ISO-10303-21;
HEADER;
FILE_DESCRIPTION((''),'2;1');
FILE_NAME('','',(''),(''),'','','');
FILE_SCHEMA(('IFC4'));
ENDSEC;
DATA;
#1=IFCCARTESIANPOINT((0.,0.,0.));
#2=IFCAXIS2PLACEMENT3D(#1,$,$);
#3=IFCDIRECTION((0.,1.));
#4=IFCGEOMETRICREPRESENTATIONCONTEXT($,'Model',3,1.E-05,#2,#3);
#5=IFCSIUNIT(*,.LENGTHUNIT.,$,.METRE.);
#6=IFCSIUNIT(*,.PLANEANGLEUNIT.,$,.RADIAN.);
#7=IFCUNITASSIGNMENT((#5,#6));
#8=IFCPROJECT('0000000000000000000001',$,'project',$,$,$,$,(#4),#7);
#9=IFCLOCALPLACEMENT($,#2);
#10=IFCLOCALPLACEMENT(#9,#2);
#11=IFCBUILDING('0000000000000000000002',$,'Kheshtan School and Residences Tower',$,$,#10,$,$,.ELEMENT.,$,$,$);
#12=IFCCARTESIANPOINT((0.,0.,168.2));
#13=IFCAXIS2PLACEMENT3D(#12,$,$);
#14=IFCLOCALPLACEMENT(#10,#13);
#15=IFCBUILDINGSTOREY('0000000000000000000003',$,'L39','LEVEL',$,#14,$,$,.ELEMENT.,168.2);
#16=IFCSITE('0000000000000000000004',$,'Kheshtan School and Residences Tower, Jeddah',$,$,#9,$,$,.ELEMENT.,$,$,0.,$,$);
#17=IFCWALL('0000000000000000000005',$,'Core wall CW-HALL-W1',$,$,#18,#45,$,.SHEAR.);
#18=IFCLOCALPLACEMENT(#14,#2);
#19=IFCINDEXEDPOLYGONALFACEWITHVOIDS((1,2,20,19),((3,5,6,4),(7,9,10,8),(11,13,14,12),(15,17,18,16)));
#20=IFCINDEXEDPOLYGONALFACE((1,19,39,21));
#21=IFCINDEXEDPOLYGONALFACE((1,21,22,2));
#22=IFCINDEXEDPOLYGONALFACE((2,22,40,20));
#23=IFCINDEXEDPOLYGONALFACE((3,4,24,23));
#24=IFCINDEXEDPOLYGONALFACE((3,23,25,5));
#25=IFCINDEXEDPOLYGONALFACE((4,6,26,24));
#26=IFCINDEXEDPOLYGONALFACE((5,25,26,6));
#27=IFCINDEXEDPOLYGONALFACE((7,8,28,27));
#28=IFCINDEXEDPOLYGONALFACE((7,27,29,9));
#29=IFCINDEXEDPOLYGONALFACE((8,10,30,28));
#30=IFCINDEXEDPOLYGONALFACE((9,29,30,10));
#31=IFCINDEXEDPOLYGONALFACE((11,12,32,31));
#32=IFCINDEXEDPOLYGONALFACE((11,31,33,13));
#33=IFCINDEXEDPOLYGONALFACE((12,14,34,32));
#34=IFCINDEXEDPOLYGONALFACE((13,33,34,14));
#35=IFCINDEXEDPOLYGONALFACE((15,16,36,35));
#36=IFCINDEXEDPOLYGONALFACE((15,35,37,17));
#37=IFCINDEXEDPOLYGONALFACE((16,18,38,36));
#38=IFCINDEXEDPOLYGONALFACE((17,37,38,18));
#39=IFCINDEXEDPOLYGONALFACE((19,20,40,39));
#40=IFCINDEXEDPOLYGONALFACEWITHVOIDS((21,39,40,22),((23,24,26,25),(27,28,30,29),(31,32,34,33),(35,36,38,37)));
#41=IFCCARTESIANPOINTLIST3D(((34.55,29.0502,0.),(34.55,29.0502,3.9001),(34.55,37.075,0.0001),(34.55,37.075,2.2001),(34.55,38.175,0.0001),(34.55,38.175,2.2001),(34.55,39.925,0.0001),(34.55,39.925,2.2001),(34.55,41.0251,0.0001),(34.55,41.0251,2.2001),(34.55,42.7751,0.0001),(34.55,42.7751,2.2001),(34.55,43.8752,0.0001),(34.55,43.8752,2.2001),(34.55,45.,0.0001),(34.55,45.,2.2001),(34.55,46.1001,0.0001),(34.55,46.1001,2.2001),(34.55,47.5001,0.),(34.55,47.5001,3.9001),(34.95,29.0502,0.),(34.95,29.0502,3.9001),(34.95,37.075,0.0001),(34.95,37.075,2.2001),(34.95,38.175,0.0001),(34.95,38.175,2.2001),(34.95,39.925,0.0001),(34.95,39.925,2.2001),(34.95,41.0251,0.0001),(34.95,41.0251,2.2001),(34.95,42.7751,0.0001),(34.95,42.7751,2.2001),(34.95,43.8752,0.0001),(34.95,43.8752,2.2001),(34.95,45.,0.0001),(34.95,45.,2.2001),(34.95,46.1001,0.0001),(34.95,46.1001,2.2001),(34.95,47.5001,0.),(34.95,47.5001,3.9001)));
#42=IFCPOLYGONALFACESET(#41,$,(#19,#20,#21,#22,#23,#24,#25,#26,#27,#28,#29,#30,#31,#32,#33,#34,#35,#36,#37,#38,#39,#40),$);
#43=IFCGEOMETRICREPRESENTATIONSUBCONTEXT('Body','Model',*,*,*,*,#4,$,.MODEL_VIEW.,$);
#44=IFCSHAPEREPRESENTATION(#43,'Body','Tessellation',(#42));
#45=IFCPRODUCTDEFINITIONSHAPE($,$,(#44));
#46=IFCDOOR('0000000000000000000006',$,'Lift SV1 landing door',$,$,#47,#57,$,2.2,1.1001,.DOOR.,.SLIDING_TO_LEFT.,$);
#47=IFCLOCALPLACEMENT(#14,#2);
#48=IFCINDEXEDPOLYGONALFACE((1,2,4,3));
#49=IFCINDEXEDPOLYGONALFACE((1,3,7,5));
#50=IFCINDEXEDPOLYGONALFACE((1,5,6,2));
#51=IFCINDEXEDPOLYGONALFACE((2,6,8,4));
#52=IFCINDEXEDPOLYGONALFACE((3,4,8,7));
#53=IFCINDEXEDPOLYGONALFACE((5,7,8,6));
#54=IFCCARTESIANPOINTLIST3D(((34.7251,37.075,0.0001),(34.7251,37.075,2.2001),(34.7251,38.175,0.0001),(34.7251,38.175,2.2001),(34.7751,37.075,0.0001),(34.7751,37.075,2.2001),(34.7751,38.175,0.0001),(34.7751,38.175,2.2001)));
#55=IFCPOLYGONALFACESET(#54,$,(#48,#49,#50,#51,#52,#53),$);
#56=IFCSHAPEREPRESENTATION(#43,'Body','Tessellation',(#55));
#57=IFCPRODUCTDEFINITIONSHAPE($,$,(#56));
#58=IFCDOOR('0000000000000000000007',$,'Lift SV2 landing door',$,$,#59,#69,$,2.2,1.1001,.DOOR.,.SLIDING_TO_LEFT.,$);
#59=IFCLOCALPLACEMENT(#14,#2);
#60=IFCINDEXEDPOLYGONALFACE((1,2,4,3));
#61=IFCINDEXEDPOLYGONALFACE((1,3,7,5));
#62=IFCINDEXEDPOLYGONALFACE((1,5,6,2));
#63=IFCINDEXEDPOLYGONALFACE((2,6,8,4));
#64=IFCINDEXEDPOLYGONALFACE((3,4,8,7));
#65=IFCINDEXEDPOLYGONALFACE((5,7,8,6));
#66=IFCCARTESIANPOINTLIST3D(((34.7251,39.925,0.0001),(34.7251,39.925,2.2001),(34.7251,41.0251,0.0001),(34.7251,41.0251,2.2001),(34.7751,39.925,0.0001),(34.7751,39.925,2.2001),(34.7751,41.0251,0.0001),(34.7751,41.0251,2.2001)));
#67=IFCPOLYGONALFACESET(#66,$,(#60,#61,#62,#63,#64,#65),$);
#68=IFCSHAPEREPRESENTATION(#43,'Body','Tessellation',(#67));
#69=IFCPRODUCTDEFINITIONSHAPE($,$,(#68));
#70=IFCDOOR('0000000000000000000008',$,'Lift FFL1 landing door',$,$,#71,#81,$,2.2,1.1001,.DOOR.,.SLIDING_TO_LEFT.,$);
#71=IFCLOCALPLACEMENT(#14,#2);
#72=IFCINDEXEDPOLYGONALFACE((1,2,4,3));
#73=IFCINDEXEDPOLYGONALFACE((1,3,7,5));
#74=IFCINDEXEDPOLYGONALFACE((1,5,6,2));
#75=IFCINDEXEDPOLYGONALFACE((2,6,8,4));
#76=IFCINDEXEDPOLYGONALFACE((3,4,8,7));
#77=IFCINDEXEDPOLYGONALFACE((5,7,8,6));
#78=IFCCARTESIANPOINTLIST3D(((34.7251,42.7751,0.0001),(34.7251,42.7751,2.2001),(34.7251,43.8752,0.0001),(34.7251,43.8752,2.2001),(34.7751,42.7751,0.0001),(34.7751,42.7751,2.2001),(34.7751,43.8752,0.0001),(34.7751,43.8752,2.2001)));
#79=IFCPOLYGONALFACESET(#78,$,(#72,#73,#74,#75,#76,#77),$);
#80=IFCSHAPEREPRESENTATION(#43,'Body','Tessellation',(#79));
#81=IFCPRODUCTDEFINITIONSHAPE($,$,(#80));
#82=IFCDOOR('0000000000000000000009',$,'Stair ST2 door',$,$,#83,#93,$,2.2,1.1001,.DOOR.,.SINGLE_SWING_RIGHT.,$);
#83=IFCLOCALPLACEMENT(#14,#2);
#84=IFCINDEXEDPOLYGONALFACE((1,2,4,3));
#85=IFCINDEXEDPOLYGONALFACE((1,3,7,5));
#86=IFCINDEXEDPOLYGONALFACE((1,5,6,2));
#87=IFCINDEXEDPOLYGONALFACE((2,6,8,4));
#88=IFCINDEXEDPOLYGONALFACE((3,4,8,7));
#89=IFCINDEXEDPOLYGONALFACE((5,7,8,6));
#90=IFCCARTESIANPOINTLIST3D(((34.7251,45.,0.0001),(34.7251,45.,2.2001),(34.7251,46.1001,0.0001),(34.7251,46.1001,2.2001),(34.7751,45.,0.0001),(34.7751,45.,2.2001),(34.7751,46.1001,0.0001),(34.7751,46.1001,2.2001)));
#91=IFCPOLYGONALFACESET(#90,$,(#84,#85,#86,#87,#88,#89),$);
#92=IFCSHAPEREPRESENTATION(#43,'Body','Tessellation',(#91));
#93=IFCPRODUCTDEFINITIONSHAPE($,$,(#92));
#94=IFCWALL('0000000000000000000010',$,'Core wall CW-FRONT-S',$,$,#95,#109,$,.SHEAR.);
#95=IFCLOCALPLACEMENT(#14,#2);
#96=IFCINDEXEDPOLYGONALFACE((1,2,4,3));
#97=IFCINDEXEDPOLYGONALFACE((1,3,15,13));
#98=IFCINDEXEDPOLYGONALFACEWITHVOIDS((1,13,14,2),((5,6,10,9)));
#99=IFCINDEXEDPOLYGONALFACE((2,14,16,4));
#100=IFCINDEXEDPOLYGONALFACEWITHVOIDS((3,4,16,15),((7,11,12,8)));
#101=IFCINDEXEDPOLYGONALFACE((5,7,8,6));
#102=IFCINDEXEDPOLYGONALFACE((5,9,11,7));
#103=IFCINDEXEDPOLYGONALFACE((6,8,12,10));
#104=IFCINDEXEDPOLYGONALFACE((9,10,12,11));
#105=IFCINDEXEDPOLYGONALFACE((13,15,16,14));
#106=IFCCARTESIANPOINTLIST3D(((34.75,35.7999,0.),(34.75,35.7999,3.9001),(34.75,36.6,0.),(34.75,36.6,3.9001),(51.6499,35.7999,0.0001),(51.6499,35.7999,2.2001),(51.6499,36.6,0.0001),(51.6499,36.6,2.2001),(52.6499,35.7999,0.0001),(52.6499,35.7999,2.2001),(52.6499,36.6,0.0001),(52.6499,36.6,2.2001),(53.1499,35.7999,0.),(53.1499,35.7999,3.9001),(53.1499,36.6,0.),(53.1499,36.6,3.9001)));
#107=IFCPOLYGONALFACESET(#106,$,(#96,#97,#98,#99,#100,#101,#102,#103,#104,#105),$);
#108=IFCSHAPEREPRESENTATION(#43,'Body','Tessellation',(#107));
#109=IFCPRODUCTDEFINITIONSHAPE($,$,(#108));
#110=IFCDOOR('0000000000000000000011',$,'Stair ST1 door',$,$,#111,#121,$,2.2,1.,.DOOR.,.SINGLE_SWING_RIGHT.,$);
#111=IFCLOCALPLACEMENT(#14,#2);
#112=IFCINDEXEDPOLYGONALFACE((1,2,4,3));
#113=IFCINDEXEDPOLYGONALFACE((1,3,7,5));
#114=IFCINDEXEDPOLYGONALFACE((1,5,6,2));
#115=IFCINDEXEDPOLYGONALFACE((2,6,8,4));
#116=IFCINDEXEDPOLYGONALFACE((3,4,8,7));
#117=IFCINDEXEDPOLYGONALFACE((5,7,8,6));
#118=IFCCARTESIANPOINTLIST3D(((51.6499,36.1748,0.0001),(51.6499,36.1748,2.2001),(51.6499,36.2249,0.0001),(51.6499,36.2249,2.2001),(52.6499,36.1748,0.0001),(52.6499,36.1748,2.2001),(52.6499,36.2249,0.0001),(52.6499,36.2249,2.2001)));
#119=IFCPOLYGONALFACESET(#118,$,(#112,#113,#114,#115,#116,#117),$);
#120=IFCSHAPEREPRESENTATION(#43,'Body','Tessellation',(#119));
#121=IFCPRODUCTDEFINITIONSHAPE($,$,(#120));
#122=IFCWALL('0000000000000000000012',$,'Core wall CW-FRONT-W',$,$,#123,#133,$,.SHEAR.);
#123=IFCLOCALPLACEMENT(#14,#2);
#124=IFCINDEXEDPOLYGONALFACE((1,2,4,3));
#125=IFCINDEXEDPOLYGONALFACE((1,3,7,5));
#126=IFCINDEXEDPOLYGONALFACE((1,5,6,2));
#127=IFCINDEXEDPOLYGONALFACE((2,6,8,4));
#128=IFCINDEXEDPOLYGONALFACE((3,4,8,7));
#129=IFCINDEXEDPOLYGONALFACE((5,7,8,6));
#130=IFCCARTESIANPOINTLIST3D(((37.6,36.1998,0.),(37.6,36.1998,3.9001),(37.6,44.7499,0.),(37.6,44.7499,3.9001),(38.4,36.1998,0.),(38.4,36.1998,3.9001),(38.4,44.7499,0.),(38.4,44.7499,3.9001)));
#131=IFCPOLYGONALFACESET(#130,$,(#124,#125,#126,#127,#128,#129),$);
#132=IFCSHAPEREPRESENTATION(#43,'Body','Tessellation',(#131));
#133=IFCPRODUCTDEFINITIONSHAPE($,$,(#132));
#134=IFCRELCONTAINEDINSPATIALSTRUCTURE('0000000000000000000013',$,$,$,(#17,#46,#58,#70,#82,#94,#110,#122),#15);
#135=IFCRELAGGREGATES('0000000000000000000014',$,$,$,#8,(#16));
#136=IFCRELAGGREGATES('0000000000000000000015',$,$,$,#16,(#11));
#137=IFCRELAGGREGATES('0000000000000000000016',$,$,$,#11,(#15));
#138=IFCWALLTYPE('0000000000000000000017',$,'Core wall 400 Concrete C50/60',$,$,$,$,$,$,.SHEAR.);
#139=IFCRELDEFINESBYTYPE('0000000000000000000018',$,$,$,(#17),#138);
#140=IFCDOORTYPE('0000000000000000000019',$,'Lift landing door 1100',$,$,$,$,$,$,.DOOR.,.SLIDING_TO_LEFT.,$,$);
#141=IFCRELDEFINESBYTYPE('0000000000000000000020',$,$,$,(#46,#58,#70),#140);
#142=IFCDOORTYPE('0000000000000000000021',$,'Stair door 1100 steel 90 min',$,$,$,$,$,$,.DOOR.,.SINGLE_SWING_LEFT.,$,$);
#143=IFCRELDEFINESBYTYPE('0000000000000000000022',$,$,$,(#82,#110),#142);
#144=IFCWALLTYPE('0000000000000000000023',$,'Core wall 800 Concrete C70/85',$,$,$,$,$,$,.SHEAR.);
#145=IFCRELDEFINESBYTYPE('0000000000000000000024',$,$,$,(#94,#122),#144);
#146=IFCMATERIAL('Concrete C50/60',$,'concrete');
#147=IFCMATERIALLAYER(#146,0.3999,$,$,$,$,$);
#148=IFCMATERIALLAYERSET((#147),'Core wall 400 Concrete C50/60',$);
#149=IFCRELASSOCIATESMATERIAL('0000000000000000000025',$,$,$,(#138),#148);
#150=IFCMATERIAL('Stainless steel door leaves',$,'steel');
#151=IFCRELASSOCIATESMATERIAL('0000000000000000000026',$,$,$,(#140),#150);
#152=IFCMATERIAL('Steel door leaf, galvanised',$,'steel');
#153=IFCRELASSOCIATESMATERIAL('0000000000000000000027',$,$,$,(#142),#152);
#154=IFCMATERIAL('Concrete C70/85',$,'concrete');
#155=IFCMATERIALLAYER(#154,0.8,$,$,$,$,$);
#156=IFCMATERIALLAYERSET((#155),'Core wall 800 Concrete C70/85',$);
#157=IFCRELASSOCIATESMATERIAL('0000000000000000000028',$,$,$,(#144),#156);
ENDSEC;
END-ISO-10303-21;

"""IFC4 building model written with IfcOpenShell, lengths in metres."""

from ifc_helpers import new_model, si_unit, direction, frame, frame_2d, origin, place, context, subcontext, project, spatial, rectangle, extrude, source, transform, mapped, material, layer, layer_set, type_object, element, fill, save


model = new_model("IFC4")

# Units and contexts
model_context = context("Model", 3, precision=1e-05, world=origin(), true_north=direction((0.0, 1.0)))
body_context = subcontext(model_context, "Body", "Model", "MODEL_VIEW")
ifc_project = project(units=[si_unit("LENGTHUNIT", "METRE"), si_unit("PLANEANGLEUNIT", "RADIAN")], contexts=[model_context])

# Site, building, storey
site_placement = place(None, origin())
site = spatial("IfcSite", under=ifc_project, at=site_placement, Name="Kheshtan School and Residences Tower, Jeddah", CompositionType="ELEMENT", RefElevation=0.0)
building_placement = place(site_placement, origin())
building = spatial("IfcBuilding", under=site, at=building_placement, Name="Kheshtan School and Residences Tower", CompositionType="ELEMENT")
storey_placement = place(building_placement, frame((0.0, 0.0, 168.2)))
storey = spatial("IfcBuildingStorey", under=building, at=storey_placement, Name="L39", Description="LEVEL", CompositionType="ELEMENT", Elevation=168.2)

# Shared definitions
ifc_material_1 = material(Name="Concrete C50/60", Category="concrete")
ifc_layer_1 = layer(ifc_material_1, 0.3999)
ifc_layer_set_1 = layer_set([ifc_layer_1], Name="Core wall 400 Concrete C50/60")
wall_type_1 = type_object("IfcWallType", Name="Core wall 400 Concrete C50/60", PredefinedType="SHEAR", material=ifc_layer_set_1)
ifc_material_2 = material(Name="Stainless steel door leaves", Category="steel")
door_type_1 = type_object("IfcDoorType", Name="Lift landing door 1100", OperationType="SLIDING_TO_LEFT", PredefinedType="DOOR", material=ifc_material_2)
shared_shape_1 = source(origin(), body_context, "Body", "SweptSolid", [
    extrude(rectangle(XDim=1.1001, YDim=2.2, at=frame_2d((0.55, 1.1001))), frame((0.0, 0.0249, 0.0), z_axis=(0.0, -1.0, 0.0), x_axis=(1.0, 0.0, 0.0)), (0.0, 0.0, 1.0), 0.05),
])

# Wall, openings, doors
wall_1_placement = place(storey_placement, frame((34.75, 29.05, 0.0), z_axis=(0.0, 0.0, 1.0), x_axis=(0.0, 1.0, 0.0)))
wall_1 = element("IfcWall", 1, at=wall_1_placement, inside=storey, type_object=wall_type_1, Name="Core wall CW-HALL-W1", PredefinedType="SHEAR", context=body_context, shape_type="SweptSolid", body=[
    extrude(rectangle(XDim=18.45, YDim=0.3999, at=frame_2d((9.2251, 0.0))), origin(), (0.0, 0.0, 1.0), 3.9001),
])
opening_1_placement = place(wall_1_placement, frame((8.0249, 0.0, 0.0)))
opening_1 = element("IfcOpeningElement", 2, at=opening_1_placement, cuts=wall_1, PredefinedType="OPENING", context=body_context, shape_type="SweptSolid", body=[
    extrude(rectangle(XDim=1.1001, YDim=2.2, at=frame_2d((0.55, 1.1001))), frame((0.0, 0.21, 0.0), z_axis=(0.0, -1.0, 0.0), x_axis=(1.0, 0.0, 0.0)), (0.0, 0.0, 1.0), 0.4199),
])
opening_2_placement = place(wall_1_placement, frame((10.875, 0.0, 0.0)))
opening_2 = element("IfcOpeningElement", 3, at=opening_2_placement, cuts=wall_1, PredefinedType="OPENING", context=body_context, shape_type="SweptSolid", body=[
    extrude(rectangle(XDim=1.1001, YDim=2.2, at=frame_2d((0.55, 1.1001))), frame((0.0, 0.21, 0.0), z_axis=(0.0, -1.0, 0.0), x_axis=(1.0, 0.0, 0.0)), (0.0, 0.0, 1.0), 0.4199),
])
opening_3_placement = place(wall_1_placement, frame((13.7251, 0.0, 0.0)))
opening_3 = element("IfcOpeningElement", 4, at=opening_3_placement, cuts=wall_1, PredefinedType="OPENING", context=body_context, shape_type="SweptSolid", body=[
    extrude(rectangle(XDim=1.1001, YDim=2.2, at=frame_2d((0.55, 1.1001))), frame((0.0, 0.21, 0.0), z_axis=(0.0, -1.0, 0.0), x_axis=(1.0, 0.0, 0.0)), (0.0, 0.0, 1.0), 0.4199),
])
opening_4_placement = place(wall_1_placement, frame((15.95, 0.0, 0.0)))
opening_4 = element("IfcOpeningElement", 5, at=opening_4_placement, cuts=wall_1, PredefinedType="OPENING", context=body_context, shape_type="SweptSolid", body=[
    extrude(rectangle(XDim=1.1001, YDim=2.2, at=frame_2d((0.55, 1.1001))), frame((0.0, 0.21, 0.0), z_axis=(0.0, -1.0, 0.0), x_axis=(1.0, 0.0, 0.0)), (0.0, 0.0, 1.0), 0.4199),
])
door_1_placement = place(opening_1_placement, origin())
door_1 = element("IfcDoor", 6, at=door_1_placement, inside=storey, type_object=door_type_1, Name="Lift SV1 landing door", OperationType="SLIDING_TO_LEFT", OverallHeight=2.2, OverallWidth=1.1001, PredefinedType="DOOR", context=body_context, shape_type="MappedRepresentation", body=[
    mapped(shared_shape_1, transform((0.0, 0.0, 0.0), x_axis=(1.0, 0.0, 0.0), y_axis=(0.0, 1.0, 0.0), z_axis=(0.0, 0.0, 1.0), scale=1.0)),
])
fill(opening_1, door_1)
door_2_placement = place(opening_2_placement, origin())
door_2 = element("IfcDoor", 7, at=door_2_placement, inside=storey, type_object=door_type_1, Name="Lift SV2 landing door", OperationType="SLIDING_TO_LEFT", OverallHeight=2.2, OverallWidth=1.1001, PredefinedType="DOOR", context=body_context, shape_type="MappedRepresentation", body=[
    mapped(shared_shape_1, transform((0.0, 0.0, 0.0), x_axis=(1.0, 0.0, 0.0), y_axis=(0.0, 1.0, 0.0), z_axis=(0.0, 0.0, 1.0), scale=1.0)),
])
fill(opening_2, door_2)
door_3_placement = place(opening_3_placement, origin())
door_3 = element("IfcDoor", 8, at=door_3_placement, inside=storey, type_object=door_type_1, Name="Lift FFL1 landing door", OperationType="SLIDING_TO_LEFT", OverallHeight=2.2, OverallWidth=1.1001, PredefinedType="DOOR", context=body_context, shape_type="MappedRepresentation", body=[
    mapped(shared_shape_1, transform((0.0, 0.0, 0.0), x_axis=(1.0, 0.0, 0.0), y_axis=(0.0, 1.0, 0.0), z_axis=(0.0, 0.0, 1.0), scale=1.0)),
])
fill(opening_3, door_3)
ifc_material_3 = material(Name="Steel door leaf, galvanised", Category="steel")
door_type_2 = type_object("IfcDoorType", Name="Stair door 1100 steel 90 min", OperationType="SINGLE_SWING_LEFT", PredefinedType="DOOR", material=ifc_material_3)
shared_shape_2 = source(origin(), body_context, "Body", "SweptSolid", [
    extrude(rectangle(XDim=1.1001, YDim=2.2, at=frame_2d((0.55, 1.1001))), frame((0.0, 0.0249, 0.0), z_axis=(0.0, -1.0, 0.0), x_axis=(1.0, 0.0, 0.0)), (0.0, 0.0, 1.0), 0.05),
])
door_4_placement = place(opening_4_placement, origin())
door_4 = element("IfcDoor", 9, at=door_4_placement, inside=storey, type_object=door_type_2, Name="Stair ST2 door", OperationType="SINGLE_SWING_RIGHT", OverallHeight=2.2, OverallWidth=1.1001, PredefinedType="DOOR", context=body_context, shape_type="MappedRepresentation", body=[
    mapped(shared_shape_2, transform((0.0, 0.0, 0.0), x_axis=(1.0, 0.0, 0.0), y_axis=(0.0, 1.0, 0.0), z_axis=(0.0, 0.0, 1.0), scale=1.0)),
])
fill(opening_4, door_4)

# Wall, opening, door
ifc_material_4 = material(Name="Concrete C70/85", Category="concrete")
ifc_layer_2 = layer(ifc_material_4, 0.8)
ifc_layer_set_2 = layer_set([ifc_layer_2], Name="Core wall 800 Concrete C70/85")
wall_type_2 = type_object("IfcWallType", Name="Core wall 800 Concrete C70/85", PredefinedType="SHEAR", material=ifc_layer_set_2)
wall_2_placement = place(storey_placement, frame((34.75, 36.2, 0.0), z_axis=(0.0, 0.0, 1.0), x_axis=(1.0, 0.0, 0.0)))
wall_2 = element("IfcWall", 10, at=wall_2_placement, inside=storey, type_object=wall_type_2, Name="Core wall CW-FRONT-S", PredefinedType="SHEAR", context=body_context, shape_type="SweptSolid", body=[
    extrude(rectangle(XDim=18.3999, YDim=0.8, at=frame_2d((9.2, 0.0))), origin(), (0.0, 0.0, 1.0), 3.9001),
])
opening_5_placement = place(wall_2_placement, frame((16.8999, 0.0, 0.0)))
opening_5 = element("IfcOpeningElement", 11, at=opening_5_placement, cuts=wall_2, PredefinedType="OPENING", context=body_context, shape_type="SweptSolid", body=[
    extrude(rectangle(XDim=1.0, YDim=2.2, at=frame_2d((0.5, 1.1001))), frame((0.0, 0.4102, 0.0), z_axis=(0.0, -1.0, 0.0), x_axis=(1.0, 0.0, 0.0)), (0.0, 0.0, 1.0), 0.8201),
])
shared_shape_3 = source(origin(), body_context, "Body", "SweptSolid", [
    extrude(rectangle(XDim=1.0, YDim=2.2, at=frame_2d((0.5, 1.1001))), frame((0.0, 0.0249, 0.0), z_axis=(0.0, -1.0, 0.0), x_axis=(1.0, 0.0, 0.0)), (0.0, 0.0, 1.0), 0.05),
])
door_5_placement = place(opening_5_placement, origin())
door_5 = element("IfcDoor", 12, at=door_5_placement, inside=storey, type_object=door_type_2, Name="Stair ST1 door", OperationType="SINGLE_SWING_RIGHT", OverallHeight=2.2, OverallWidth=1.0, PredefinedType="DOOR", context=body_context, shape_type="MappedRepresentation", body=[
    mapped(shared_shape_3, transform((0.0, 0.0, 0.0), x_axis=(1.0, 0.0, 0.0), y_axis=(0.0, 1.0, 0.0), z_axis=(0.0, 0.0, 1.0), scale=1.0)),
])
fill(opening_5, door_5)

# Wall
wall_3_placement = place(storey_placement, frame((38.0, 36.2, 0.0), z_axis=(0.0, 0.0, 1.0), x_axis=(0.0, 1.0, 0.0)))
element("IfcWall", 13, at=wall_3_placement, inside=storey, type_object=wall_type_2, Name="Core wall CW-FRONT-W", PredefinedType="SHEAR", context=body_context, shape_type="SweptSolid", body=[
    extrude(rectangle(XDim=8.55, YDim=0.8, at=frame_2d((4.2749, 0.0))), origin(), (0.0, 0.0, 1.0), 3.9001),
])

save(model, "model.ifc")
